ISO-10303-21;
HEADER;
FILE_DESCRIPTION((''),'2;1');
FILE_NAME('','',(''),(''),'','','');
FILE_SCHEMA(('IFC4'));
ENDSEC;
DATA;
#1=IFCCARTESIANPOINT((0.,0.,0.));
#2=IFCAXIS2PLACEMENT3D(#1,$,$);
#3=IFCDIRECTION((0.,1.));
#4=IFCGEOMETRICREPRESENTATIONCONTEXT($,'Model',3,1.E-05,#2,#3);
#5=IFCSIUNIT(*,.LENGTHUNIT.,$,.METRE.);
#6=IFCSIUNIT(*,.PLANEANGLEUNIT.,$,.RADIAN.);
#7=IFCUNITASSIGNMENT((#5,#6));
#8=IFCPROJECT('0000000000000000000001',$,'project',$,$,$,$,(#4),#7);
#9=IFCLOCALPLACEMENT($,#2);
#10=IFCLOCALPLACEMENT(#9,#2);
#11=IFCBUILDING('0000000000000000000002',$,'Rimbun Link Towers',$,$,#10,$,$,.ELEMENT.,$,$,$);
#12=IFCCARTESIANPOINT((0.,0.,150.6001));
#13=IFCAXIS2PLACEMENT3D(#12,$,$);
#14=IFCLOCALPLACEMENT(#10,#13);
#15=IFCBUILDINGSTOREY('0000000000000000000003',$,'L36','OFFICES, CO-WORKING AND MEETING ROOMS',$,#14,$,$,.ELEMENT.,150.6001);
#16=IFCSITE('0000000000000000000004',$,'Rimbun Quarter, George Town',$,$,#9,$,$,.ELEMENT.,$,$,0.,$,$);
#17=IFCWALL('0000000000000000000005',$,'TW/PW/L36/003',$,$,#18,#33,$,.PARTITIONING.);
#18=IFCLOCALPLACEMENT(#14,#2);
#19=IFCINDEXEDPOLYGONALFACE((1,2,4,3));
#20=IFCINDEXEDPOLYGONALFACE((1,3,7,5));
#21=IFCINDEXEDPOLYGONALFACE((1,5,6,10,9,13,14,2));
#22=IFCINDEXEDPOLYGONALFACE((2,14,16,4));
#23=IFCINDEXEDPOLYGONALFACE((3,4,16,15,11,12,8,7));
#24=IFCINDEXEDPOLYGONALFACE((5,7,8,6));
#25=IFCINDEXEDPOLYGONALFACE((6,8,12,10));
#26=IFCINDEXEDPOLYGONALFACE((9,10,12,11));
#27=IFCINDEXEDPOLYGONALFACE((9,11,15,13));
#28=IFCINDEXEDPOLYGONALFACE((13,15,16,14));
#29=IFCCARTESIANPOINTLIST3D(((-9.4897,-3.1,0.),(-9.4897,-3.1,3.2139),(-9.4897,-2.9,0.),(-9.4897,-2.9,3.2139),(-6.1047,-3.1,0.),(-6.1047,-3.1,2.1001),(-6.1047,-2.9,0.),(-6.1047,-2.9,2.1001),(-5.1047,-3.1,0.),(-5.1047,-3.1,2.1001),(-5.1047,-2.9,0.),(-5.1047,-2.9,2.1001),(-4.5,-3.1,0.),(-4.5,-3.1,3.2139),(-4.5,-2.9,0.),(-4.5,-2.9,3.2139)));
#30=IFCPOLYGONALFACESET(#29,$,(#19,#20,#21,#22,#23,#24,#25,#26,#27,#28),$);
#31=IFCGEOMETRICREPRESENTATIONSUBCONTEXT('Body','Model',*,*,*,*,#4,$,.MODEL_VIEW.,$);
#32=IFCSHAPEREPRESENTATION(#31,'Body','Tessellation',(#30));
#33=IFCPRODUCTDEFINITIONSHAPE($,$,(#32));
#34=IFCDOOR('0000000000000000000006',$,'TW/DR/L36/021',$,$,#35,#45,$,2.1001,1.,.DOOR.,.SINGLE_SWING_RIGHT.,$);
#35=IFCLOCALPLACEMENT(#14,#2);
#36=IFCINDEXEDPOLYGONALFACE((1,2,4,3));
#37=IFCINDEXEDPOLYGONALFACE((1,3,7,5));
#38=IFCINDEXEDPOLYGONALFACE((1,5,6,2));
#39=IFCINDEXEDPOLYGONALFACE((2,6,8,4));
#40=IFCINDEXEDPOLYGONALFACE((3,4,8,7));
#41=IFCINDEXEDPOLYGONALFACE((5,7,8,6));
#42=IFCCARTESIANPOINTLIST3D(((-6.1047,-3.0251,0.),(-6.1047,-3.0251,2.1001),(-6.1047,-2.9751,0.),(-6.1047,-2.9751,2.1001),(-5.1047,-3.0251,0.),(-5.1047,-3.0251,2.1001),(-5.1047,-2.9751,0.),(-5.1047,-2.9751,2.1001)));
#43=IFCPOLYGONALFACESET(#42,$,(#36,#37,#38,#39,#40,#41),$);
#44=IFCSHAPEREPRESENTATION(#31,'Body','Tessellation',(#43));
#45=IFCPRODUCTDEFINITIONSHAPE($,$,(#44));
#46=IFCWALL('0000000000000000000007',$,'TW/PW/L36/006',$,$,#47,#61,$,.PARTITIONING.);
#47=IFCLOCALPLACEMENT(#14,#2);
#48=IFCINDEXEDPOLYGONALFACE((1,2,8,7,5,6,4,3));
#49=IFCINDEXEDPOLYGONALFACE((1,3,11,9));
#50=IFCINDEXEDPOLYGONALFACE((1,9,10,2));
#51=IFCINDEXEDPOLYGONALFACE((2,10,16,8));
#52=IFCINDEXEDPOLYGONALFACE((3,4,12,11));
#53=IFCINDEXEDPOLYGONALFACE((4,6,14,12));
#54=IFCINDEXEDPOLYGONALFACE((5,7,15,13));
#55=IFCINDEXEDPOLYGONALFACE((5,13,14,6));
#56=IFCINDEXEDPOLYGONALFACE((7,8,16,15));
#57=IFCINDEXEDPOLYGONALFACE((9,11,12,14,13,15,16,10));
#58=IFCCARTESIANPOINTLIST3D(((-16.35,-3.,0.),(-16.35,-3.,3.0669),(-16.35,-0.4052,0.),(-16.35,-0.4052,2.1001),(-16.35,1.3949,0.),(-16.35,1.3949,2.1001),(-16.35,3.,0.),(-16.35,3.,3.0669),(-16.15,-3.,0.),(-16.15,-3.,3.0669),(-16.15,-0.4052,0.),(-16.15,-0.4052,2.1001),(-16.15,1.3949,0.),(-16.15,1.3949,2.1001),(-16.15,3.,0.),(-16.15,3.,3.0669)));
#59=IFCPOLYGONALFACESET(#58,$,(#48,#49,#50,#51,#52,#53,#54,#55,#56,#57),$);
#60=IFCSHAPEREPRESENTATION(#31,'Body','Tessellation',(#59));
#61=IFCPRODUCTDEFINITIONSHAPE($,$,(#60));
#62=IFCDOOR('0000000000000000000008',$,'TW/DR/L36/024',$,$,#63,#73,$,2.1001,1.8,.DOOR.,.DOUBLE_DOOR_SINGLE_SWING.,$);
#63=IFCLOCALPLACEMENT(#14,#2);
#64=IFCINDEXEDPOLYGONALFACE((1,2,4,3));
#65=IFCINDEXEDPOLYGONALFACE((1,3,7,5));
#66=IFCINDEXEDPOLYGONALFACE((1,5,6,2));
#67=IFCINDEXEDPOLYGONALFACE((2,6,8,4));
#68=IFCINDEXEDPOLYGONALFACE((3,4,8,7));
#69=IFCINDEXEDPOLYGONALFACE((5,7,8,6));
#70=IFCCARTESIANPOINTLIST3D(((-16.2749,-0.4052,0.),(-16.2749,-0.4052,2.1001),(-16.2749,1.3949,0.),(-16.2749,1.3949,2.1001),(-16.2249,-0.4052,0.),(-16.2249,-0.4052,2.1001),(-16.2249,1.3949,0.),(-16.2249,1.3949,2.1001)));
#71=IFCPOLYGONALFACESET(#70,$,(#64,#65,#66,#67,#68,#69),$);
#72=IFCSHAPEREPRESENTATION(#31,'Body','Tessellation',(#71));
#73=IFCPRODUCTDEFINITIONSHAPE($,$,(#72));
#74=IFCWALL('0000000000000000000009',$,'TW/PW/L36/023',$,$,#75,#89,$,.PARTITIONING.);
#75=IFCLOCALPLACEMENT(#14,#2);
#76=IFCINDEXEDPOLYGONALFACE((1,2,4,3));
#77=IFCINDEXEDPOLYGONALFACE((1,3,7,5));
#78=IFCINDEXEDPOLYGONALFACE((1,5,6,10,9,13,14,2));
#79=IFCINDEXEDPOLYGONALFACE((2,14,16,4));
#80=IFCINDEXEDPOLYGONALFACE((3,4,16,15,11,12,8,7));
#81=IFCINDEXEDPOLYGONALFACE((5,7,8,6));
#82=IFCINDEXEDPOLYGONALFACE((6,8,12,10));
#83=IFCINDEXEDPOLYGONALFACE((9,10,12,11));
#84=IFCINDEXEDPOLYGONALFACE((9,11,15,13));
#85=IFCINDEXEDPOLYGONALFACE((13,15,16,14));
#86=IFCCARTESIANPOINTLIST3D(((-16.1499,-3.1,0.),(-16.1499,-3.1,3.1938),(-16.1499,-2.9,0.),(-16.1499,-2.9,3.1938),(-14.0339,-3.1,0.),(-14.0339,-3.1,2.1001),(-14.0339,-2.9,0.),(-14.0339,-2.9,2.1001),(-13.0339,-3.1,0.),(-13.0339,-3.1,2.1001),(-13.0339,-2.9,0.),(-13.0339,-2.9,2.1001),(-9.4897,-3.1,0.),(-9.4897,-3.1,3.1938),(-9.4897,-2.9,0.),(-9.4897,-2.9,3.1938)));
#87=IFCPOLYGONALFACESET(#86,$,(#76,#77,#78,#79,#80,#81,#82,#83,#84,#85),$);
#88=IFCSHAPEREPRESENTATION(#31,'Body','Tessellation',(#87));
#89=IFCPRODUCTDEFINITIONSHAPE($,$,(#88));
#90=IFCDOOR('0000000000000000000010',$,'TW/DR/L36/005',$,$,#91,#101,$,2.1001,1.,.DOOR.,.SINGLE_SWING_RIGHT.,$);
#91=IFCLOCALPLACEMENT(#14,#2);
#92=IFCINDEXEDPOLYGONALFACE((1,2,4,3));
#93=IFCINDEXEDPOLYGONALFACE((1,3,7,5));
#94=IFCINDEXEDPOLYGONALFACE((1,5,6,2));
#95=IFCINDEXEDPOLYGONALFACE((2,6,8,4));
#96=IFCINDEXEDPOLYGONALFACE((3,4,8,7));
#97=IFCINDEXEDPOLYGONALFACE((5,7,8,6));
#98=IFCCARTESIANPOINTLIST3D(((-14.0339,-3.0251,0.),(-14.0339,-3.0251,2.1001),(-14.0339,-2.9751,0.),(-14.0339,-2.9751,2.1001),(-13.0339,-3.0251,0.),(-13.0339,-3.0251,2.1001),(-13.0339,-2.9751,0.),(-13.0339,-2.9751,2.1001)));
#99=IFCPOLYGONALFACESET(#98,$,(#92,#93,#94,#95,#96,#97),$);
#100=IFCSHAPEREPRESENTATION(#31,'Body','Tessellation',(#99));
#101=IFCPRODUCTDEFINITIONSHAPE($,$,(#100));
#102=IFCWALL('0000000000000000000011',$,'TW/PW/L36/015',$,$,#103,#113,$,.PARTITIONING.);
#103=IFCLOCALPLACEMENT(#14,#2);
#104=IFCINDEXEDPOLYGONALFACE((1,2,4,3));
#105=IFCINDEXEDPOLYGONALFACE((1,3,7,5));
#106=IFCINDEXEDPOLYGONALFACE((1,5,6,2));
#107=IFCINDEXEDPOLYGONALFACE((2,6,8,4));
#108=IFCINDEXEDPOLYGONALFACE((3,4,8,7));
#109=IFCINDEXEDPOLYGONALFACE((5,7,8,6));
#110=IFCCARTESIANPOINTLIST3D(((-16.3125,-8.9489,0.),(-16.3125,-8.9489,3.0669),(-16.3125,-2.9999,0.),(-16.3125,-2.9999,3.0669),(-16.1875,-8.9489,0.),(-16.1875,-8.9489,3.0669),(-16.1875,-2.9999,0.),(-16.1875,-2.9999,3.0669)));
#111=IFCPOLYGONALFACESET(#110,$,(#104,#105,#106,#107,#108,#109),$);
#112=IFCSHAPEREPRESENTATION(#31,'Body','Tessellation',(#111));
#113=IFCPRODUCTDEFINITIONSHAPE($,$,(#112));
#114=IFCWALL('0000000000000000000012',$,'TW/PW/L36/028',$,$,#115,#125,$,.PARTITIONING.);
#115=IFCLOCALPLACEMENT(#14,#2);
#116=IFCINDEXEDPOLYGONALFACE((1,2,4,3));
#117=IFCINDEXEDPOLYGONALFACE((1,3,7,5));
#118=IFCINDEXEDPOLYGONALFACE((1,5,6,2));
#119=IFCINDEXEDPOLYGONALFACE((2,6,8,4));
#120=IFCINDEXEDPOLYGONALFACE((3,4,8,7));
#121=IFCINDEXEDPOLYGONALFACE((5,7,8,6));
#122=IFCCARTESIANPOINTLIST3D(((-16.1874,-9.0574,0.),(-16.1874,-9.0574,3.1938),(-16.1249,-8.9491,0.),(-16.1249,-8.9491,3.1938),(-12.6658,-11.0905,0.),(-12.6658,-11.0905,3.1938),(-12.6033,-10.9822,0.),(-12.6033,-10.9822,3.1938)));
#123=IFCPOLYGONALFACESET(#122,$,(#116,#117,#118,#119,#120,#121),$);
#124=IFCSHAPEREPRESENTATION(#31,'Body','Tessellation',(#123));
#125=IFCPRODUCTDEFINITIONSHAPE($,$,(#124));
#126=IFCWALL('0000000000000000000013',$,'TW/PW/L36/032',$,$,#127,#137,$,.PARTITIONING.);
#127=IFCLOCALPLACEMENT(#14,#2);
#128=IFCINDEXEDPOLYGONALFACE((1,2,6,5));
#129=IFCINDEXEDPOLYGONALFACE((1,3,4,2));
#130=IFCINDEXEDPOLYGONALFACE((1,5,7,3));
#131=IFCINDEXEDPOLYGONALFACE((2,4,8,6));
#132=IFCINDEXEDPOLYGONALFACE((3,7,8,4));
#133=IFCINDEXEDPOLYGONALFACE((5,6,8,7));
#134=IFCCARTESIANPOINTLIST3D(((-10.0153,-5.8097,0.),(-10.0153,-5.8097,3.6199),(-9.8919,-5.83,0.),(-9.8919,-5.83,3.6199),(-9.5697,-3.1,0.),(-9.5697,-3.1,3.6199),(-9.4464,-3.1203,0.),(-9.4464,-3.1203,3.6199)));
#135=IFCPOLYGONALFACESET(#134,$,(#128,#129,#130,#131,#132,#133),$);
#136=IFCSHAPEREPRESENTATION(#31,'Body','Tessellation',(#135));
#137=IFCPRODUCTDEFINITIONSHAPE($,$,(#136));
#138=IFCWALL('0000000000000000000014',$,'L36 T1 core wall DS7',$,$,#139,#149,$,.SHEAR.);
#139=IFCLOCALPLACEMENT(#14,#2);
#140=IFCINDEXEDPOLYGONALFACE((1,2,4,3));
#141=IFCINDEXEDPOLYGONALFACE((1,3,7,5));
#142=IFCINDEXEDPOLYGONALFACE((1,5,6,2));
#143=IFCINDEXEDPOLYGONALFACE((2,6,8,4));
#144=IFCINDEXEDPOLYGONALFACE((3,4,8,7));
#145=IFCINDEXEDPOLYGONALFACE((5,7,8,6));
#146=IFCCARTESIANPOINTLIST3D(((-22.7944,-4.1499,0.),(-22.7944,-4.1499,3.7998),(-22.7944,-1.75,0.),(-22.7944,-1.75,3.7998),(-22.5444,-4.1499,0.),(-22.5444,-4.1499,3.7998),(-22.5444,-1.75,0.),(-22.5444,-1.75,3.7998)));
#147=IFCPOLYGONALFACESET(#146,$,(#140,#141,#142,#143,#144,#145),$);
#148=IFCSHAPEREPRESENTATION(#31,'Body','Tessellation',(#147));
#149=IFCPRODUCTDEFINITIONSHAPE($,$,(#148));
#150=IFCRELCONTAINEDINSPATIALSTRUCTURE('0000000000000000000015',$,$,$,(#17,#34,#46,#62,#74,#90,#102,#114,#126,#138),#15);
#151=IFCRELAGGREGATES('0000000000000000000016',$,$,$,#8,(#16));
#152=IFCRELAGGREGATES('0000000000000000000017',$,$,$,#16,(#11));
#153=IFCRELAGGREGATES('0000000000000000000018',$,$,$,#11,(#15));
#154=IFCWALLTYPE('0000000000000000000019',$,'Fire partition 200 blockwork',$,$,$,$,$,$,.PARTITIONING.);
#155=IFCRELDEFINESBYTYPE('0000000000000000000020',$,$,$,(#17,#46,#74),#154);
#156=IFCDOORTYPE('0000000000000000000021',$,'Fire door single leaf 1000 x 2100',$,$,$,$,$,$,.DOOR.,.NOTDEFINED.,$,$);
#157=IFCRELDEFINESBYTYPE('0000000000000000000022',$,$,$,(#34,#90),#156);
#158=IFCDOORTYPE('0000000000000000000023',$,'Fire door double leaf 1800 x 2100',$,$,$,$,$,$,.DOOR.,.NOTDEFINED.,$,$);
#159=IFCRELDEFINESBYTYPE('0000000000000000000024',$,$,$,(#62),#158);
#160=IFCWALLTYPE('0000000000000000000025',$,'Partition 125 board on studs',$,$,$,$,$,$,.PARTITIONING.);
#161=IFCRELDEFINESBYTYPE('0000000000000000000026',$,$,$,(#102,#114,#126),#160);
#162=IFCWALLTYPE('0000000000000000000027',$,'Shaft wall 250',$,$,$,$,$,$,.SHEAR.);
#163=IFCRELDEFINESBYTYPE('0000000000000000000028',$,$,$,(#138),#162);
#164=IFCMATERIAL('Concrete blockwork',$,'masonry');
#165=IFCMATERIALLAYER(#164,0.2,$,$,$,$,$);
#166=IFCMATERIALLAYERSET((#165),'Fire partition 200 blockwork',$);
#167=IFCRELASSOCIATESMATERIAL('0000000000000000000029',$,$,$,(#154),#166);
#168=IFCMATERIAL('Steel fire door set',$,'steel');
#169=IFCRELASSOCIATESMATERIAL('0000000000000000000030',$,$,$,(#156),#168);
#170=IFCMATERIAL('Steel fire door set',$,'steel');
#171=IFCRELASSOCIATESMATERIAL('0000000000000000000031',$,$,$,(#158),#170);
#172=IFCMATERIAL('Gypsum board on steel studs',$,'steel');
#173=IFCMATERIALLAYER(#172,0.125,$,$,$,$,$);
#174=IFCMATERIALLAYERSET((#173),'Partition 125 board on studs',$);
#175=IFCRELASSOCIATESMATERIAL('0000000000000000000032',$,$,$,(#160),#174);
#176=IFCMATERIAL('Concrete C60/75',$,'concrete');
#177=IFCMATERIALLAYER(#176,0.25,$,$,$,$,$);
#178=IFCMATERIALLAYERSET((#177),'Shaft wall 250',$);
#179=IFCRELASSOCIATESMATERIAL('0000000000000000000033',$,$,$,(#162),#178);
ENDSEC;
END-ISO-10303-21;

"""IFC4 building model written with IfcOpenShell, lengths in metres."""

from ifc_helpers import new_model, si_unit, direction, frame, frame_2d, origin, place, context, subcontext, project, spatial, rectangle, extrude, material, layer, layer_set, type_object, element, fill, save


model = new_model("IFC4")

# Units and contexts
model_context = context("Model", 3, precision=1e-05, world=origin(), true_north=direction((0.0, 1.0)))
body_context = subcontext(model_context, "Body", "Model", "MODEL_VIEW")
ifc_project = project(units=[si_unit("LENGTHUNIT", "METRE"), si_unit("PLANEANGLEUNIT", "RADIAN")], contexts=[model_context])

# Site, building, storey
site_placement = place(None, origin())
site = spatial("IfcSite", under=ifc_project, at=site_placement, Name="Rimbun Quarter, George Town", CompositionType="ELEMENT", RefElevation=0.0)
building_placement = place(site_placement, origin())
building = spatial("IfcBuilding", under=site, at=building_placement, Name="Rimbun Link Towers", CompositionType="ELEMENT")
storey_placement = place(building_placement, frame((0.0, 0.0, 150.6001)))
storey = spatial("IfcBuildingStorey", under=building, at=storey_placement, Name="L36", Description="OFFICES, CO-WORKING AND MEETING ROOMS", CompositionType="ELEMENT", Elevation=150.6001)

# Walls, openings, doors
ifc_material_1 = material(Name="Concrete blockwork", Category="masonry")
ifc_layer_1 = layer(ifc_material_1, 0.2)
ifc_layer_set_1 = layer_set([ifc_layer_1], Name="Fire partition 200 blockwork")
wall_type_1 = type_object("IfcWallType", Name="Fire partition 200 blockwork", PredefinedType="PARTITIONING", material=ifc_layer_set_1)
wall_1_placement = place(storey_placement, frame((-9.4897, -3.0, 0.0), z_axis=(0.0, 0.0, 1.0), x_axis=(1.0, 0.0, 0.0)))
wall_1 = element("IfcWall", 1, at=wall_1_placement, inside=storey, type_object=wall_type_1, Name="TW/PW/L36/003", PredefinedType="PARTITIONING", context=body_context, shape_type="SweptSolid", body=[
    extrude(rectangle(XDim=4.9897, YDim=0.2, at=frame_2d((2.4949, 0.0))), origin(), (0.0, 0.0, 1.0), 3.2139),
])
opening_1_placement = place(wall_1_placement, frame((3.385, 0.0, 0.0)))
opening_1 = element("IfcOpeningElement", 2, at=opening_1_placement, cuts=wall_1, PredefinedType="OPENING", context=body_context, shape_type="SweptSolid", body=[
    extrude(rectangle(XDim=1.0, YDim=2.1001, at=frame_2d((0.5, 1.05))), frame((0.0, 0.1099, 0.0), z_axis=(0.0, -1.0, 0.0), x_axis=(1.0, 0.0, 0.0)), (0.0, 0.0, 1.0), 0.22),
])
ifc_material_2 = material(Name="Steel fire door set", Category="steel")
door_type_1 = type_object("IfcDoorType", Name="Fire door single leaf 1000 x 2100", OperationType="NOTDEFINED", PredefinedType="DOOR", material=ifc_material_2)
door_1_placement = place(opening_1_placement, origin())
door_1 = element("IfcDoor", 3, at=door_1_placement, inside=storey, type_object=door_type_1, Name="TW/DR/L36/021", OperationType="SINGLE_SWING_RIGHT", OverallHeight=2.1001, OverallWidth=1.0, PredefinedType="DOOR", context=body_context, shape_type="SweptSolid", body=[
    extrude(rectangle(XDim=1.0, YDim=2.1001, at=frame_2d((0.5, 1.05))), frame((0.0, 0.0249, 0.0), z_axis=(0.0, -1.0, 0.0), x_axis=(1.0, 0.0, 0.0)), (0.0, 0.0, 1.0), 0.05),
])
fill(opening_1, door_1)
wall_2_placement = place(storey_placement, frame((-16.25, -3.0, 0.0), z_axis=(0.0, 0.0, 1.0), x_axis=(0.0, 1.0, 0.0)))
wall_2 = element("IfcWall", 4, at=wall_2_placement, inside=storey, type_object=wall_type_1, Name="TW/PW/L36/006", PredefinedType="PARTITIONING", context=body_context, shape_type="SweptSolid", body=[
    extrude(rectangle(XDim=6.0, YDim=0.2, at=frame_2d((3.0, 0.0))), origin(), (0.0, 0.0, 1.0), 3.0669),
])
opening_2_placement = place(wall_2_placement, frame((2.595, 0.0, 0.0)))
opening_2 = element("IfcOpeningElement", 5, at=opening_2_placement, cuts=wall_2, PredefinedType="OPENING", context=body_context, shape_type="SweptSolid", body=[
    extrude(rectangle(XDim=1.8, YDim=2.1001, at=frame_2d((0.8999, 1.05))), frame((0.0, 0.1099, 0.0), z_axis=(0.0, -1.0, 0.0), x_axis=(1.0, 0.0, 0.0)), (0.0, 0.0, 1.0), 0.22),
])
ifc_material_3 = material(Name="Steel fire door set", Category="steel")
door_type_2 = type_object("IfcDoorType", Name="Fire door double leaf 1800 x 2100", OperationType="NOTDEFINED", PredefinedType="DOOR", material=ifc_material_3)
door_2_placement = place(opening_2_placement, origin())
door_2 = element("IfcDoor", 6, at=door_2_placement, inside=storey, type_object=door_type_2, Name="TW/DR/L36/024", OperationType="DOUBLE_DOOR_SINGLE_SWING", OverallHeight=2.1001, OverallWidth=1.8, PredefinedType="DOOR", context=body_context, shape_type="SweptSolid", body=[
    extrude(rectangle(XDim=1.8, YDim=2.1001, at=frame_2d((0.8999, 1.05))), frame((0.0, 0.0249, 0.0), z_axis=(0.0, -1.0, 0.0), x_axis=(1.0, 0.0, 0.0)), (0.0, 0.0, 1.0), 0.05),
])
fill(opening_2, door_2)
wall_3_placement = place(storey_placement, frame((-16.1499, -3.0, 0.0), z_axis=(0.0, 0.0, 1.0), x_axis=(1.0, 0.0, 0.0)))
wall_3 = element("IfcWall", 7, at=wall_3_placement, inside=storey, type_object=wall_type_1, Name="TW/PW/L36/023", PredefinedType="PARTITIONING", context=body_context, shape_type="SweptSolid", body=[
    extrude(rectangle(XDim=6.6602, YDim=0.2, at=frame_2d((3.3301, 0.0))), origin(), (0.0, 0.0, 1.0), 3.1938),
])
opening_3_placement = place(wall_3_placement, frame((2.116, 0.0, 0.0)))
opening_3 = element("IfcOpeningElement", 8, at=opening_3_placement, cuts=wall_3, PredefinedType="OPENING", context=body_context, shape_type="SweptSolid", body=[
    extrude(rectangle(XDim=1.0, YDim=2.1001, at=frame_2d((0.5, 1.05))), frame((0.0, 0.1099, 0.0), z_axis=(0.0, -1.0, 0.0), x_axis=(1.0, 0.0, 0.0)), (0.0, 0.0, 1.0), 0.22),
])
door_3_placement = place(opening_3_placement, origin())
door_3 = element("IfcDoor", 9, at=door_3_placement, inside=storey, type_object=door_type_1, Name="TW/DR/L36/005", OperationType="SINGLE_SWING_RIGHT", OverallHeight=2.1001, OverallWidth=1.0, PredefinedType="DOOR", context=body_context, shape_type="SweptSolid", body=[
    extrude(rectangle(XDim=1.0, YDim=2.1001, at=frame_2d((0.5, 1.05))), frame((0.0, 0.0249, 0.0), z_axis=(0.0, -1.0, 0.0), x_axis=(1.0, 0.0, 0.0)), (0.0, 0.0, 1.0), 0.05),
])
fill(opening_3, door_3)

# Walls
ifc_material_4 = material(Name="Gypsum board on steel studs", Category="steel")
ifc_layer_2 = layer(ifc_material_4, 0.125)
ifc_layer_set_2 = layer_set([ifc_layer_2], Name="Partition 125 board on studs")
wall_type_2 = type_object("IfcWallType", Name="Partition 125 board on studs", PredefinedType="PARTITIONING", material=ifc_layer_set_2)
wall_4_placement = place(storey_placement, frame((-16.25, -8.949, 0.0), z_axis=(0.0, 0.0, 1.0), x_axis=(0.0, 1.0, 0.0)))
element("IfcWall", 10, at=wall_4_placement, inside=storey, type_object=wall_type_2, Name="TW/PW/L36/015", PredefinedType="PARTITIONING", context=body_context, shape_type="SweptSolid", body=[
    extrude(rectangle(XDim=5.949, YDim=0.125, at=frame_2d((2.9746, 0.0))), origin(), (0.0, 0.0, 1.0), 3.0669),
])
wall_5_placement = place(storey_placement, frame((-12.6345, -11.0364, 0.0), z_axis=(0.0, 0.0, 1.0), x_axis=(-0.866033, 0.499987, 0.0)))
element("IfcWall", 11, at=wall_5_placement, inside=storey, type_object=wall_type_2, Name="TW/PW/L36/028", PredefinedType="PARTITIONING", context=body_context, shape_type="SweptSolid", body=[
    extrude(rectangle(XDim=4.0664, YDim=0.125, at=frame_2d((2.0332, 0.0))), origin(), (0.0, 0.0, 1.0), 3.1938),
])
wall_6_placement = place(storey_placement, frame((-9.9536, -5.8198, 0.0), z_axis=(0.0, 0.0, 1.0), x_axis=(0.16225, 0.98675, 0.0)))
element("IfcWall", 12, at=wall_6_placement, inside=storey, type_object=wall_type_2, Name="TW/PW/L36/032", PredefinedType="PARTITIONING", context=body_context, shape_type="SweptSolid", body=[
    extrude(rectangle(XDim=2.7461, YDim=0.125, at=frame_2d((1.373, 0.0))), origin(), (0.0, 0.0, 1.0), 3.6199),
])
ifc_material_5 = material(Name="Concrete C60/75", Category="concrete")
ifc_layer_3 = layer(ifc_material_5, 0.25)
ifc_layer_set_3 = layer_set([ifc_layer_3], Name="Shaft wall 250")
wall_type_3 = type_object("IfcWallType", Name="Shaft wall 250", PredefinedType="SHEAR", material=ifc_layer_set_3)
wall_7_placement = place(storey_placement, frame((-22.6694, -4.1499, 0.0), z_axis=(0.0, 0.0, 1.0), x_axis=(0.0, 1.0, 0.0)))
element("IfcWall", 13, at=wall_7_placement, inside=storey, type_object=wall_type_3, Name="L36 T1 core wall DS7", PredefinedType="SHEAR", context=body_context, shape_type="SweptSolid", body=[
    extrude(rectangle(XDim=2.3999, YDim=0.25, at=frame_2d((1.2, 0.0))), origin(), (0.0, 0.0, 1.0), 3.7998),
])

save(model, "model.ifc")
